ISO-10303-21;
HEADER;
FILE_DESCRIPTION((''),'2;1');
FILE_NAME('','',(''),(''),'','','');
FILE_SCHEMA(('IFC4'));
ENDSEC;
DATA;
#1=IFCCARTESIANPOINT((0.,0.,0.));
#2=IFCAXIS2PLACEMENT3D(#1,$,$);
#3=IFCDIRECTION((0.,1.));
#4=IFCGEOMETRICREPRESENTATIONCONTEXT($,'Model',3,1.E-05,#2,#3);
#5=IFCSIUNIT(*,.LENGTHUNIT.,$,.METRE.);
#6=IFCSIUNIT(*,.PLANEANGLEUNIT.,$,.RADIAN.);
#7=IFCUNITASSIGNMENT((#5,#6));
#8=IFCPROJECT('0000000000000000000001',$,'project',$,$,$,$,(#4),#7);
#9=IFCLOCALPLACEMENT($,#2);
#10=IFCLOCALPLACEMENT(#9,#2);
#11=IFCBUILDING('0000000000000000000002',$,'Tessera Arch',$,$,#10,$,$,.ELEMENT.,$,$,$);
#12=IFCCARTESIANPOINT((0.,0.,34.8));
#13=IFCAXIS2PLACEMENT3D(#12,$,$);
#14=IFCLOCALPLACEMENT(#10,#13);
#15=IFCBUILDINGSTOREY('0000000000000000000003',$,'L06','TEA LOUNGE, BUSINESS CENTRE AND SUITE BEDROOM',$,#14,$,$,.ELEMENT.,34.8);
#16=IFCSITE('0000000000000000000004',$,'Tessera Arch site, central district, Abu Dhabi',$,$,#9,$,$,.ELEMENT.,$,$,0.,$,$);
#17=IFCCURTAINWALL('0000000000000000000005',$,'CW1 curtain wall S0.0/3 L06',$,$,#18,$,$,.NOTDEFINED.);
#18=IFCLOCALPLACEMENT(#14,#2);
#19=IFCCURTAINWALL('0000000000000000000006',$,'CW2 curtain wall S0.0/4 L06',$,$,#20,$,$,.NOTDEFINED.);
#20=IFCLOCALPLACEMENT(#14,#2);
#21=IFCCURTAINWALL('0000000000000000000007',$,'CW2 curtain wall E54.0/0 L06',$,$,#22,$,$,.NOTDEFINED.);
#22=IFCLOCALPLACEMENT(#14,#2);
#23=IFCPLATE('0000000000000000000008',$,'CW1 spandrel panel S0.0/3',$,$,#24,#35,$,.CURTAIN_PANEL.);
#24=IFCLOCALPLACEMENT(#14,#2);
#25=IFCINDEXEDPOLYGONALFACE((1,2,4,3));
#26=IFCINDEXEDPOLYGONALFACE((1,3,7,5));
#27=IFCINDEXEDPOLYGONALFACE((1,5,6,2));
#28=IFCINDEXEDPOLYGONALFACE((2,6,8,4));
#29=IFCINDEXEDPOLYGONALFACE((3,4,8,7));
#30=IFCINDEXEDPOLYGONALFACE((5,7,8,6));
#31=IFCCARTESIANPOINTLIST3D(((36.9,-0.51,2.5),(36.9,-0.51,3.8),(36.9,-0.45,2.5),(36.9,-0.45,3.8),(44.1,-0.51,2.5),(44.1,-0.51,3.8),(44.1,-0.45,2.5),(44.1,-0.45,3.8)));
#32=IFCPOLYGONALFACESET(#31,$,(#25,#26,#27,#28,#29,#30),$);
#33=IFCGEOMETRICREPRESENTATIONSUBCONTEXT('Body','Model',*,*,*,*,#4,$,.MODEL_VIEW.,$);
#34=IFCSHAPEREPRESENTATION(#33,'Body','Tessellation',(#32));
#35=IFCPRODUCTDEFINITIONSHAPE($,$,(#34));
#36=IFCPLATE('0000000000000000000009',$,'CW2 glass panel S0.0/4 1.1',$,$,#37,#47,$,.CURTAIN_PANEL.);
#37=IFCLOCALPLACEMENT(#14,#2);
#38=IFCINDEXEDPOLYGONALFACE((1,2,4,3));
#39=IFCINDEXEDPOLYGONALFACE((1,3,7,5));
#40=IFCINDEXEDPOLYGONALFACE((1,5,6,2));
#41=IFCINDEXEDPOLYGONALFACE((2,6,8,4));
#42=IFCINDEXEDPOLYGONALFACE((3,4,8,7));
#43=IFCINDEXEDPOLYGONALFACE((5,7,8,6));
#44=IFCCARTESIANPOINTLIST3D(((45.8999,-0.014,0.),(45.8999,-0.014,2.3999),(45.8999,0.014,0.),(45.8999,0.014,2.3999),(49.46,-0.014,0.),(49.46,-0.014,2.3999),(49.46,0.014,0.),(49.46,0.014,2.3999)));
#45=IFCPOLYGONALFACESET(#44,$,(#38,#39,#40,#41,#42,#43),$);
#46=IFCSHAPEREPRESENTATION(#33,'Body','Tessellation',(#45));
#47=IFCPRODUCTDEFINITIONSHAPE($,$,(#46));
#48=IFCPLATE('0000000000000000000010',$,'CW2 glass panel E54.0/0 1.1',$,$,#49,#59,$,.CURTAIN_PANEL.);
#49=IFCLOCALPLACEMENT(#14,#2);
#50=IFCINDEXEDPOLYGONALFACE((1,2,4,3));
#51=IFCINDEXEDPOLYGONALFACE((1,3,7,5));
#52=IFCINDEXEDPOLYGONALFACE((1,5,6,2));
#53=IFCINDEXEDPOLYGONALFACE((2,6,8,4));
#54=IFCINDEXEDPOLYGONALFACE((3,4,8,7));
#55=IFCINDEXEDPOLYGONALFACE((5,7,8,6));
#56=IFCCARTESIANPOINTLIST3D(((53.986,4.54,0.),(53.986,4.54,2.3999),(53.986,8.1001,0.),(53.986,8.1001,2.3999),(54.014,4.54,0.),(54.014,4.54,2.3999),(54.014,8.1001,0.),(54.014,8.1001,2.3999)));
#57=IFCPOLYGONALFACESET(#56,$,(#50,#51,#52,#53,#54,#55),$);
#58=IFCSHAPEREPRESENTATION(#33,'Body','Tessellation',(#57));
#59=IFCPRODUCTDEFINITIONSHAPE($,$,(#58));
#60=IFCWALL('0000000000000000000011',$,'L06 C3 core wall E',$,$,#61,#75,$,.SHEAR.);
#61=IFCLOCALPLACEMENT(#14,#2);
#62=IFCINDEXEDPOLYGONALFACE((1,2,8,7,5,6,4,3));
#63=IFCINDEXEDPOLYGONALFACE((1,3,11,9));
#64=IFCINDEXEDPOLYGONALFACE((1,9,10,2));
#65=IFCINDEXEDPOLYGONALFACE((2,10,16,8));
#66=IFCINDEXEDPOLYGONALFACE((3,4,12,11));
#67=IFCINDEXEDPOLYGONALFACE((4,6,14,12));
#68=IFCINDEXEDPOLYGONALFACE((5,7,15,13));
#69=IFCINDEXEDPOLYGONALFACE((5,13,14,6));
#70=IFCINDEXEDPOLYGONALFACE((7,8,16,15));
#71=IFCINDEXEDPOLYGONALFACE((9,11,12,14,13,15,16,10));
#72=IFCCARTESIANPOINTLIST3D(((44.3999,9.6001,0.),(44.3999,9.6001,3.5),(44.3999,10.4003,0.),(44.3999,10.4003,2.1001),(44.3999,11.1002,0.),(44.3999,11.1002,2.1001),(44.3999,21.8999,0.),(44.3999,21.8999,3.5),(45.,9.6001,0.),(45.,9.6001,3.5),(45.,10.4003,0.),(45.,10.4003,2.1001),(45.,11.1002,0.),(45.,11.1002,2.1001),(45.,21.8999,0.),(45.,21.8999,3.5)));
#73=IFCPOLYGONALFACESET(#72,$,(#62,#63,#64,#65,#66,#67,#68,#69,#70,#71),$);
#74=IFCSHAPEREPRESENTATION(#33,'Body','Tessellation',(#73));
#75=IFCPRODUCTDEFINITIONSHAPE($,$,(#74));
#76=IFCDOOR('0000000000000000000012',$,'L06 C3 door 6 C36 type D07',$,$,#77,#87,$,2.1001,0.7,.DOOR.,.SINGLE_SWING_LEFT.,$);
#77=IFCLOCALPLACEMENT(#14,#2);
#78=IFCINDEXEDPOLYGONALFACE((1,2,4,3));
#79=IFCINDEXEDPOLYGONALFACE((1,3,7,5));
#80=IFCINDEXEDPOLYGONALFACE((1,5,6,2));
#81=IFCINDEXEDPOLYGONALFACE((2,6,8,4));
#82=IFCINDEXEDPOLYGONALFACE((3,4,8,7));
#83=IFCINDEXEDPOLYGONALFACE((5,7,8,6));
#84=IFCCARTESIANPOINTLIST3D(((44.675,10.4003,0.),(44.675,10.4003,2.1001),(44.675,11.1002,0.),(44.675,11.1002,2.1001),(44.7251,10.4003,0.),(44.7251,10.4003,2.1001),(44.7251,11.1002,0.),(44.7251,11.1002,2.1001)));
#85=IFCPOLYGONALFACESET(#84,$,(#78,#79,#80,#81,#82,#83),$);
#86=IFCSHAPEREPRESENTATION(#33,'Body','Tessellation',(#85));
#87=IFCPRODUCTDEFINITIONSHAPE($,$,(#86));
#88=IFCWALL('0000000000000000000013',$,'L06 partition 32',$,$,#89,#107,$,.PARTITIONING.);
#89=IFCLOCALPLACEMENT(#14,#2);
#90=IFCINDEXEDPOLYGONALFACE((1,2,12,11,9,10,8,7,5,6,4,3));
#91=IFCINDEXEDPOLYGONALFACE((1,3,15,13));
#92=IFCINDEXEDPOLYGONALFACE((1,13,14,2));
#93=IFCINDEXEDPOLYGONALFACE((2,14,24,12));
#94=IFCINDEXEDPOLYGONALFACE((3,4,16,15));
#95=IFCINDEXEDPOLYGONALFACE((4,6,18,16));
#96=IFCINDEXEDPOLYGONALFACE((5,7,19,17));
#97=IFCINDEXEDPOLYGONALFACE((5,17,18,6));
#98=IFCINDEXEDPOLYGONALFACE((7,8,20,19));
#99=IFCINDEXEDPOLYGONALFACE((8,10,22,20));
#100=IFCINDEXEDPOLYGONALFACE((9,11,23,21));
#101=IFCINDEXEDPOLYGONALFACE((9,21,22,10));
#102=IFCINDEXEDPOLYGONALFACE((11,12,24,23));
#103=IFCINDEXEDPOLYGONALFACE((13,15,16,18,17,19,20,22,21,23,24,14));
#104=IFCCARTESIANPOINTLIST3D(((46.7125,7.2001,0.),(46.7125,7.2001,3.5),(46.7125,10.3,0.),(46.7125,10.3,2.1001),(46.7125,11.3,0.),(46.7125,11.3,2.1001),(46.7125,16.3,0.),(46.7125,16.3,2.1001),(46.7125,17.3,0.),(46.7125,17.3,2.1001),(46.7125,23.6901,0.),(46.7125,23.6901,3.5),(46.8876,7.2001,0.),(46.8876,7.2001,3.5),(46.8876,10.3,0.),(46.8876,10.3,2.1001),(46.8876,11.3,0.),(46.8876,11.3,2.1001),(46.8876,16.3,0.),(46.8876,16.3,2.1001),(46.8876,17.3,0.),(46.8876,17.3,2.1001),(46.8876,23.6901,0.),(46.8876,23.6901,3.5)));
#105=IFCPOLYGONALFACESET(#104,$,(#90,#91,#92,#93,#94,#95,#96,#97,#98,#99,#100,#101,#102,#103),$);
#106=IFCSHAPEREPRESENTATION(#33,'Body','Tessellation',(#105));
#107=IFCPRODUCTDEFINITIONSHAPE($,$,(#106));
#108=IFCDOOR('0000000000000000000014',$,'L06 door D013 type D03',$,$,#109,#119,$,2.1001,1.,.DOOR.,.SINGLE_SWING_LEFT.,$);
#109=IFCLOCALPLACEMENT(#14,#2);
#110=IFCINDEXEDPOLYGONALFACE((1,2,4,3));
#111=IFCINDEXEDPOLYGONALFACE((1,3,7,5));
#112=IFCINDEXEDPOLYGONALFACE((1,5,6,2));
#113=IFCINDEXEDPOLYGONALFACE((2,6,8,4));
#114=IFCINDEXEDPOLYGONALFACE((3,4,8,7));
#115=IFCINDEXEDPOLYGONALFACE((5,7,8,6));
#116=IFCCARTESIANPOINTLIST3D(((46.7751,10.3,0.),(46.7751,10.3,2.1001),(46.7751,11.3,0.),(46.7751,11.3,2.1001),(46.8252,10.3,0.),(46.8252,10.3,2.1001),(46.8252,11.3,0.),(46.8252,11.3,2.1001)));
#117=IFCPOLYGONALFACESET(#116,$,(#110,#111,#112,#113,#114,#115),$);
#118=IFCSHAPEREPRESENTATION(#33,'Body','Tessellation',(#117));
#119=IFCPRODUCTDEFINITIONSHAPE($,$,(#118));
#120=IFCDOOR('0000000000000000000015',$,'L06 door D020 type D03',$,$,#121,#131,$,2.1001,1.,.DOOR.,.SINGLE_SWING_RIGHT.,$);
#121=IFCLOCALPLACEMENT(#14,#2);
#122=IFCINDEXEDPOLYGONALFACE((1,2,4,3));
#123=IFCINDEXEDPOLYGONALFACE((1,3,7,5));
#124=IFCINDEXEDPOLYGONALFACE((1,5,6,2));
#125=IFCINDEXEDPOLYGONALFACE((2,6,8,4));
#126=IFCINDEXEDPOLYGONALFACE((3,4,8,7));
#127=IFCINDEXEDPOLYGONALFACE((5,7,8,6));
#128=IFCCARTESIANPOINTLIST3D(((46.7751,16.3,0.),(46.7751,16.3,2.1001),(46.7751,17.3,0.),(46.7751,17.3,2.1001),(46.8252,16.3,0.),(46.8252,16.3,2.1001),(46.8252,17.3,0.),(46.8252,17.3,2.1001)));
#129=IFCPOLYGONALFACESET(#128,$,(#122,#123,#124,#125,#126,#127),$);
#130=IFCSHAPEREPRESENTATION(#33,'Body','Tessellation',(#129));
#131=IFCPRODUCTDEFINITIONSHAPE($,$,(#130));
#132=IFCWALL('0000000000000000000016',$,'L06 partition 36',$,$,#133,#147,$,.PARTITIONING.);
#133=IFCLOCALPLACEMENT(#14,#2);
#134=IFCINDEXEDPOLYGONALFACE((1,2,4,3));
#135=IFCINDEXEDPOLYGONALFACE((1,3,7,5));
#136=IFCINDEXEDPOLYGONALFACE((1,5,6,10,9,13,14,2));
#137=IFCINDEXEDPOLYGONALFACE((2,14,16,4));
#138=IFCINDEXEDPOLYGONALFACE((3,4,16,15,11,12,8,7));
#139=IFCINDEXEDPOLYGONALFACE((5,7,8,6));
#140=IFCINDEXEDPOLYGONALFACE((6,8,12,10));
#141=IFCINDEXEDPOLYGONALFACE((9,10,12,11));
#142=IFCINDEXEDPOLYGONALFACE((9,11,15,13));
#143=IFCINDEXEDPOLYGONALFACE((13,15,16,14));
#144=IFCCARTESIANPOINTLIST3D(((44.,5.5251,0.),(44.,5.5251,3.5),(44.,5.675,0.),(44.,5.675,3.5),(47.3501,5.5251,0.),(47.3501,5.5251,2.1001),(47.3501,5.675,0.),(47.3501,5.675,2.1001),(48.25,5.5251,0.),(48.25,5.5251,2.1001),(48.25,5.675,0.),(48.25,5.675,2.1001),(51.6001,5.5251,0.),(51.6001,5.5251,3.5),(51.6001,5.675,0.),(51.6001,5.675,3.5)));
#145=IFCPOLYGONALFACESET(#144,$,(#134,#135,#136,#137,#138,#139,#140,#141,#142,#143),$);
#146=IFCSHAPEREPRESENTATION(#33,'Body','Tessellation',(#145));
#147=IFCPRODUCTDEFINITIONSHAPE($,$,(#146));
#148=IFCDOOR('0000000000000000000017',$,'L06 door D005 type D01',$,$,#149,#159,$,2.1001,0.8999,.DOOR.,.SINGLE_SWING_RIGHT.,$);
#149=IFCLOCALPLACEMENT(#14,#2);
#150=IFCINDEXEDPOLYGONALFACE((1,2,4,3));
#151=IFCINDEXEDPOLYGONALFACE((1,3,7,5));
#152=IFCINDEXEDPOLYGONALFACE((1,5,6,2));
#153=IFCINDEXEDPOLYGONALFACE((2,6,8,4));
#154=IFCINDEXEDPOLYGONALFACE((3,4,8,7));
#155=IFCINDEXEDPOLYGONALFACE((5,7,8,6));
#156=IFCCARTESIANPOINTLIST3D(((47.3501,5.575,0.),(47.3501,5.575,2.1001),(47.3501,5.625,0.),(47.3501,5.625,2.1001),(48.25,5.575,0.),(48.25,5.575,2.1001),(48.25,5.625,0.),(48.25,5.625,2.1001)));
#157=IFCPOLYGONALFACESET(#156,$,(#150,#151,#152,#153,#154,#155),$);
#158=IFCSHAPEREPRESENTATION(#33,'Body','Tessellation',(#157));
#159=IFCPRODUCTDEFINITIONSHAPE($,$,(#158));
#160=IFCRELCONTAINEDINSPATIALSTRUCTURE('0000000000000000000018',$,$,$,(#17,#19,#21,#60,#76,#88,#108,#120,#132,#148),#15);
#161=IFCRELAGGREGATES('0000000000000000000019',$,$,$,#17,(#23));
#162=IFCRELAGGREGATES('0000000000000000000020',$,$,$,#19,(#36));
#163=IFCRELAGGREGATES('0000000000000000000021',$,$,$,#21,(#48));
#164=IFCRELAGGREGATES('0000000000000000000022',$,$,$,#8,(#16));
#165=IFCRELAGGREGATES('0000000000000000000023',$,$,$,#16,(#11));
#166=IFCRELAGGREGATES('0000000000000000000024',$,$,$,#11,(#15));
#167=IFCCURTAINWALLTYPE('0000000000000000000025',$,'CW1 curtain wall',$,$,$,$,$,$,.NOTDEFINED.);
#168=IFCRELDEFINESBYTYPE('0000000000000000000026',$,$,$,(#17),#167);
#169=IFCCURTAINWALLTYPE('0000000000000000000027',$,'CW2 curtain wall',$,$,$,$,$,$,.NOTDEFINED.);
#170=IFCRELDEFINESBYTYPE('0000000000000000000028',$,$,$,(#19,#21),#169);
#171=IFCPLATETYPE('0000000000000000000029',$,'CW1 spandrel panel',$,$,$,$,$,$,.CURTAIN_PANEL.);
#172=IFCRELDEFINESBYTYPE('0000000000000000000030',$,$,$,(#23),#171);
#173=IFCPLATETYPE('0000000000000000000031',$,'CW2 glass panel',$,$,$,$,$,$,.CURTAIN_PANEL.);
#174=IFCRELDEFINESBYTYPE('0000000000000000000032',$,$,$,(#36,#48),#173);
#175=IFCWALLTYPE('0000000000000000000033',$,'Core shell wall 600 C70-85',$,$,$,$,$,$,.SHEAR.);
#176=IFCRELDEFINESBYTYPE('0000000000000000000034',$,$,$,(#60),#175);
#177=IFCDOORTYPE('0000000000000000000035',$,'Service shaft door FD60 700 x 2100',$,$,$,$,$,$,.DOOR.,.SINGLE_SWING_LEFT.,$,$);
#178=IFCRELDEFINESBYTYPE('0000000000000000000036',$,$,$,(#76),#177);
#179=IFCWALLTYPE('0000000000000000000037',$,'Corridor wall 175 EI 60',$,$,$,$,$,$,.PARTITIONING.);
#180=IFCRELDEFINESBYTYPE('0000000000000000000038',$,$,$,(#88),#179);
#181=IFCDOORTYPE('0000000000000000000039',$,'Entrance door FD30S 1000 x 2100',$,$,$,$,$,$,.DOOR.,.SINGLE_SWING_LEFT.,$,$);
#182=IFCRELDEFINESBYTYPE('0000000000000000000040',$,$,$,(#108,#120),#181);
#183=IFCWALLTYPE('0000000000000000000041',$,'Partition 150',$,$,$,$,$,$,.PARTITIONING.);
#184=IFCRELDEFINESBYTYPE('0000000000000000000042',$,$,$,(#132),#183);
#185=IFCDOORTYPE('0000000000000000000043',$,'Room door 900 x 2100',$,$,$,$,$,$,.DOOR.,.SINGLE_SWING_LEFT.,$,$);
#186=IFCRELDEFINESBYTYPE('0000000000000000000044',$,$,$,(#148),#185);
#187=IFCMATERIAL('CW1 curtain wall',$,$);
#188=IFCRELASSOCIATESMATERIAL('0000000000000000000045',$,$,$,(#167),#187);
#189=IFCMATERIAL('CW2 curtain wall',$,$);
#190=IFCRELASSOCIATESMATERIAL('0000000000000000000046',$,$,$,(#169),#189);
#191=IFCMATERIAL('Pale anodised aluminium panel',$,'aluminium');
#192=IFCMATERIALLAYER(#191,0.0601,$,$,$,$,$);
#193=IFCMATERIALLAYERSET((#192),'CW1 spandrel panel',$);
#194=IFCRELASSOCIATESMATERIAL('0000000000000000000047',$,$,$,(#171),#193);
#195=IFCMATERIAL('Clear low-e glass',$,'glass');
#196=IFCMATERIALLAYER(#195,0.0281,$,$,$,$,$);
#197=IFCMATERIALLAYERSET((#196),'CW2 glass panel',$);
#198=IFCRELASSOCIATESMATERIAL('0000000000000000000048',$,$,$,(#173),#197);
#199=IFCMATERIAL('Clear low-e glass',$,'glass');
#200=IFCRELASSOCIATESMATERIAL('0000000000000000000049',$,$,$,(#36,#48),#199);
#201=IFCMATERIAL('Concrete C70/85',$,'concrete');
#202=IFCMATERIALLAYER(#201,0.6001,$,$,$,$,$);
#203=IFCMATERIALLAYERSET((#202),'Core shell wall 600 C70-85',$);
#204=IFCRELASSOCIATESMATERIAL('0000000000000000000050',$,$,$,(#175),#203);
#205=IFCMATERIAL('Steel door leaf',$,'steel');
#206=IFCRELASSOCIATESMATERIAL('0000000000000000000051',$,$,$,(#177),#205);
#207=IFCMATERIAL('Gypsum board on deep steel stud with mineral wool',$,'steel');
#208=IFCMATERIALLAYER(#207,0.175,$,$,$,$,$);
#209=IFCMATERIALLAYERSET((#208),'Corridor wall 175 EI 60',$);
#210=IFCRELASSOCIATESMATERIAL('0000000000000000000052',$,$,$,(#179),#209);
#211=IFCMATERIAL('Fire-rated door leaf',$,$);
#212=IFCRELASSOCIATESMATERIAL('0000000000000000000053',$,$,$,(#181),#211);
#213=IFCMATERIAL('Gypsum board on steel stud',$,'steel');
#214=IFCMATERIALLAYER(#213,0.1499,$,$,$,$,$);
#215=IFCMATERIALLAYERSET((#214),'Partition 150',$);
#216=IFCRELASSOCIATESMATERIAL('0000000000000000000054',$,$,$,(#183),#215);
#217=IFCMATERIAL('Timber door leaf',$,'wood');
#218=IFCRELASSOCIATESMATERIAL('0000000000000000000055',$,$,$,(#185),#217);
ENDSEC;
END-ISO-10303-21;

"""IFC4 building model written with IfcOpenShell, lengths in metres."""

from ifc_helpers import new_model, si_unit, direction, frame, frame_2d, origin, origin_2d, place, context, subcontext, project, spatial, rectangle, extrude, material, layer, layer_set, type_object, element, fill, aggregate, save


model = new_model("IFC4")

# Units and contexts
model_context = context("Model", 3, precision=1e-05, world=origin(), true_north=direction((0.0, 1.0)))
body_context = subcontext(model_context, "Body", "Model", "MODEL_VIEW")
ifc_project = project(units=[si_unit("LENGTHUNIT", "METRE"), si_unit("PLANEANGLEUNIT", "RADIAN")], contexts=[model_context])

# Site, building, storey
site_placement = place(None, origin())
site = spatial("IfcSite", under=ifc_project, at=site_placement, Name="Tessera Arch site, central district, Abu Dhabi", CompositionType="ELEMENT", RefElevation=0.0)
building_placement = place(site_placement, origin())
building = spatial("IfcBuilding", under=site, at=building_placement, Name="Tessera Arch", CompositionType="ELEMENT")
storey_placement = place(building_placement, frame((0.0, 0.0, 34.8)))
storey = spatial("IfcBuildingStorey", under=building, at=storey_placement, Name="L06", Description="TEA LOUNGE, BUSINESS CENTRE AND SUITE BEDROOM", CompositionType="ELEMENT", Elevation=34.8)

# Curtain walls
ifc_material_1 = material(Name="CW1 curtain wall")
curtain_wall_type_1 = type_object("IfcCurtainWallType", Name="CW1 curtain wall", PredefinedType="NOTDEFINED", material=ifc_material_1)
curtain_wall_1_placement = place(storey_placement, origin())
curtain_wall_1 = element("IfcCurtainWall", 1, at=curtain_wall_1_placement, inside=storey, type_object=curtain_wall_type_1, Name="CW1 curtain wall S0.0/3 L06", PredefinedType="NOTDEFINED")
ifc_material_2 = material(Name="CW2 curtain wall")
curtain_wall_type_2 = type_object("IfcCurtainWallType", Name="CW2 curtain wall", PredefinedType="NOTDEFINED", material=ifc_material_2)
curtain_wall_2_placement = place(storey_placement, origin())
curtain_wall_2 = element("IfcCurtainWall", 2, at=curtain_wall_2_placement, inside=storey, type_object=curtain_wall_type_2, Name="CW2 curtain wall S0.0/4 L06", PredefinedType="NOTDEFINED")
curtain_wall_3_placement = place(storey_placement, origin())
curtain_wall_3 = element("IfcCurtainWall", 3, at=curtain_wall_3_placement, inside=storey, type_object=curtain_wall_type_2, Name="CW2 curtain wall E54.0/0 L06", PredefinedType="NOTDEFINED")

# Plates
ifc_material_3 = material(Name="Clear low-e glass", Category="glass")
ifc_material_4 = material(Name="Pale anodised aluminium panel", Category="aluminium")
ifc_layer_1 = layer(ifc_material_4, 0.0601)
ifc_layer_set_1 = layer_set([ifc_layer_1], Name="CW1 spandrel panel")
plate_type_1 = type_object("IfcPlateType", Name="CW1 spandrel panel", PredefinedType="CURTAIN_PANEL", material=ifc_layer_set_1)
plate_1_placement = place(storey_placement, frame((40.5, -0.48, 2.5), z_axis=(0.0, 0.0, 1.0), x_axis=(1.0, 0.0, 0.0)))
plate_1 = element("IfcPlate", 4, at=plate_1_placement, type_object=plate_type_1, Name="CW1 spandrel panel S0.0/3", PredefinedType="CURTAIN_PANEL", context=body_context, shape_type="SweptSolid", body=[
    extrude(rectangle(XDim=7.2, YDim=0.0601, at=origin_2d()), origin(), (0.0, 0.0, 1.0), 1.3),
])
aggregate(curtain_wall_1, [plate_1])
ifc_material_5 = material(Name="Clear low-e glass", Category="glass")
ifc_layer_2 = layer(ifc_material_5, 0.0281)
ifc_layer_set_2 = layer_set([ifc_layer_2], Name="CW2 glass panel")
plate_type_2 = type_object("IfcPlateType", Name="CW2 glass panel", PredefinedType="CURTAIN_PANEL", material=ifc_layer_set_2)
plate_2_placement = place(storey_placement, frame((47.6799, 0.0, 0.0), z_axis=(0.0, 0.0, 1.0), x_axis=(1.0, 0.0, 0.0)))
plate_2 = element("IfcPlate", 5, at=plate_2_placement, type_object=plate_type_2, material=ifc_material_3, Name="CW2 glass panel S0.0/4 1.1", PredefinedType="CURTAIN_PANEL", context=body_context, shape_type="SweptSolid", body=[
    extrude(rectangle(XDim=3.5601, YDim=0.0281, at=origin_2d()), origin(), (0.0, 0.0, 1.0), 2.3999),
])
aggregate(curtain_wall_2, [plate_2])
plate_3_placement = place(storey_placement, frame((54.0, 6.3201, 0.0), z_axis=(0.0, 0.0, 1.0), x_axis=(0.0, 1.0, 0.0)))
plate_3 = element("IfcPlate", 6, at=plate_3_placement, type_object=plate_type_2, material=ifc_material_3, Name="CW2 glass panel E54.0/0 1.1", PredefinedType="CURTAIN_PANEL", context=body_context, shape_type="SweptSolid", body=[
    extrude(rectangle(XDim=3.5601, YDim=0.0281, at=origin_2d()), origin(), (0.0, 0.0, 1.0), 2.3999),
])
aggregate(curtain_wall_3, [plate_3])

# Wall, opening, door
ifc_material_6 = material(Name="Concrete C70/85", Category="concrete")
ifc_layer_3 = layer(ifc_material_6, 0.6001)
ifc_layer_set_3 = layer_set([ifc_layer_3], Name="Core shell wall 600 C70-85")
wall_type_1 = type_object("IfcWallType", Name="Core shell wall 600 C70-85", PredefinedType="SHEAR", material=ifc_layer_set_3)
wall_1_placement = place(storey_placement, frame((44.7, 9.6001, 0.0), z_axis=(0.0, 0.0, 1.0), x_axis=(0.0, 1.0, 0.0)))
wall_1 = element("IfcWall", 7, at=wall_1_placement, inside=storey, type_object=wall_type_1, Name="L06 C3 core wall E", PredefinedType="SHEAR", context=body_context, shape_type="SweptSolid", body=[
    extrude(rectangle(XDim=12.2998, YDim=0.6001, at=frame_2d((6.1499, 0.0))), origin(), (0.0, 0.0, 1.0), 3.5),
])
opening_1_placement = place(wall_1_placement, frame((0.8, 0.0, 0.0)))
opening_1 = element("IfcOpeningElement", 8, at=opening_1_placement, cuts=wall_1, PredefinedType="OPENING", context=body_context, shape_type="SweptSolid", body=[
    extrude(rectangle(XDim=0.7, YDim=2.1001, at=frame_2d((0.3501, 1.05))), frame((0.0, 0.3101, 0.0), z_axis=(0.0, -1.0, 0.0), x_axis=(1.0, 0.0, 0.0)), (0.0, 0.0, 1.0), 0.6201),
])
ifc_material_7 = material(Name="Steel door leaf", Category="steel")
door_type_1 = type_object("IfcDoorType", Name="Service shaft door FD60 700 x 2100", OperationType="SINGLE_SWING_LEFT", PredefinedType="DOOR", material=ifc_material_7)
door_1_placement = place(opening_1_placement, origin())
door_1 = element("IfcDoor", 9, at=door_1_placement, inside=storey, type_object=door_type_1, Name="L06 C3 door 6 C36 type D07", OperationType="SINGLE_SWING_LEFT", OverallHeight=2.1001, OverallWidth=0.7, PredefinedType="DOOR", context=body_context, shape_type="SweptSolid", body=[
    extrude(rectangle(XDim=0.7, YDim=2.1001, at=frame_2d((0.3501, 1.05))), frame((0.0, 0.0249, 0.0), z_axis=(0.0, -1.0, 0.0), x_axis=(1.0, 0.0, 0.0)), (0.0, 0.0, 1.0), 0.05),
])
fill(opening_1, door_1)

# Wall, openings, doors
ifc_material_8 = material(Name="Gypsum board on deep steel stud with mineral wool", Category="steel")
ifc_layer_4 = layer(ifc_material_8, 0.175)
ifc_layer_set_4 = layer_set([ifc_layer_4], Name="Corridor wall 175 EI 60")
wall_type_2 = type_object("IfcWallType", Name="Corridor wall 175 EI 60", PredefinedType="PARTITIONING", material=ifc_layer_set_4)
wall_2_placement = place(storey_placement, frame((46.8, 7.2, 0.0), z_axis=(0.0, 0.0, 1.0), x_axis=(0.0, 1.0, 0.0)))
wall_2 = element("IfcWall", 10, at=wall_2_placement, inside=storey, type_object=wall_type_2, Name="L06 partition 32", PredefinedType="PARTITIONING", context=body_context, shape_type="SweptSolid", body=[
    extrude(rectangle(XDim=16.49, YDim=0.175, at=frame_2d((8.2451, 0.0))), origin(), (0.0, 0.0, 1.0), 3.5),
])
opening_2_placement = place(wall_2_placement, frame((3.1001, 0.0, 0.0)))
opening_2 = element("IfcOpeningElement", 11, at=opening_2_placement, cuts=wall_2, PredefinedType="OPENING", context=body_context, shape_type="SweptSolid", body=[
    extrude(rectangle(XDim=1.0, YDim=2.1001, at=frame_2d((0.5, 1.05))), frame((0.0, 0.0974, 0.0), z_axis=(0.0, -1.0, 0.0), x_axis=(1.0, 0.0, 0.0)), (0.0, 0.0, 1.0), 0.1951),
])
opening_3_placement = place(wall_2_placement, frame((9.1001, 0.0, 0.0)))
opening_3 = element("IfcOpeningElement", 12, at=opening_3_placement, cuts=wall_2, PredefinedType="OPENING", context=body_context, shape_type="SweptSolid", body=[
    extrude(rectangle(XDim=1.0, YDim=2.1001, at=frame_2d((0.5, 1.05))), frame((0.0, 0.0974, 0.0), z_axis=(0.0, -1.0, 0.0), x_axis=(1.0, 0.0, 0.0)), (0.0, 0.0, 1.0), 0.1951),
])
ifc_material_9 = material(Name="Fire-rated door leaf")
door_type_2 = type_object("IfcDoorType", Name="Entrance door FD30S 1000 x 2100", OperationType="SINGLE_SWING_LEFT", PredefinedType="DOOR", material=ifc_material_9)
door_2_placement = place(opening_2_placement, origin())
door_2 = element("IfcDoor", 13, at=door_2_placement, inside=storey, type_object=door_type_2, Name="L06 door D013 type D03", OperationType="SINGLE_SWING_LEFT", OverallHeight=2.1001, OverallWidth=1.0, PredefinedType="DOOR", context=body_context, shape_type="SweptSolid", body=[
    extrude(rectangle(XDim=1.0, YDim=2.1001, at=frame_2d((0.5, 1.05))), frame((0.0, 0.0249, 0.0), z_axis=(0.0, -1.0, 0.0), x_axis=(1.0, 0.0, 0.0)), (0.0, 0.0, 1.0), 0.05),
])
fill(opening_2, door_2)
door_3_placement = place(opening_3_placement, origin())
door_3 = element("IfcDoor", 14, at=door_3_placement, inside=storey, type_object=door_type_2, Name="L06 door D020 type D03", OperationType="SINGLE_SWING_RIGHT", OverallHeight=2.1001, OverallWidth=1.0, PredefinedType="DOOR", context=body_context, shape_type="SweptSolid", body=[
    extrude(rectangle(XDim=1.0, YDim=2.1001, at=frame_2d((0.5, 1.05))), frame((0.0, 0.0249, 0.0), z_axis=(0.0, -1.0, 0.0), x_axis=(1.0, 0.0, 0.0)), (0.0, 0.0, 1.0), 0.05),
])
fill(opening_3, door_3)

# Wall, opening, door
ifc_material_10 = material(Name="Gypsum board on steel stud", Category="steel")
ifc_layer_5 = layer(ifc_material_10, 0.1499)
ifc_layer_set_5 = layer_set([ifc_layer_5], Name="Partition 150")
wall_type_3 = type_object("IfcWallType", Name="Partition 150", PredefinedType="PARTITIONING", material=ifc_layer_set_5)
wall_3_placement = place(storey_placement, frame((44.0, 5.6001, 0.0), z_axis=(0.0, 0.0, 1.0), x_axis=(1.0, 0.0, 0.0)))
wall_3 = element("IfcWall", 15, at=wall_3_placement, inside=storey, type_object=wall_type_3, Name="L06 partition 36", PredefinedType="PARTITIONING", context=body_context, shape_type="SweptSolid", body=[
    extrude(rectangle(XDim=7.6001, YDim=0.1499, at=frame_2d((3.8, 0.0))), origin(), (0.0, 0.0, 1.0), 3.5),
])
opening_4_placement = place(wall_3_placement, frame((3.3501, 0.0, 0.0)))
opening_4 = element("IfcOpeningElement", 16, at=opening_4_placement, cuts=wall_3, PredefinedType="OPENING", context=body_context, shape_type="SweptSolid", body=[
    extrude(rectangle(XDim=0.8999, YDim=2.1001, at=frame_2d((0.45, 1.05))), frame((0.0, 0.085, 0.0), z_axis=(0.0, -1.0, 0.0), x_axis=(1.0, 0.0, 0.0)), (0.0, 0.0, 1.0), 0.1699),
])
ifc_material_11 = material(Name="Timber door leaf", Category="wood")
door_type_3 = type_object("IfcDoorType", Name="Room door 900 x 2100", OperationType="SINGLE_SWING_LEFT", PredefinedType="DOOR", material=ifc_material_11)
door_4_placement = place(opening_4_placement, origin())
door_4 = element("IfcDoor", 17, at=door_4_placement, inside=storey, type_object=door_type_3, Name="L06 door D005 type D01", OperationType="SINGLE_SWING_RIGHT", OverallHeight=2.1001, OverallWidth=0.8999, PredefinedType="DOOR", context=body_context, shape_type="SweptSolid", body=[
    extrude(rectangle(XDim=0.8999, YDim=2.1001, at=frame_2d((0.45, 1.05))), frame((0.0, 0.0249, 0.0), z_axis=(0.0, -1.0, 0.0), x_axis=(1.0, 0.0, 0.0)), (0.0, 0.0, 1.0), 0.05),
])
fill(opening_4, door_4)

save(model, "model.ifc")
